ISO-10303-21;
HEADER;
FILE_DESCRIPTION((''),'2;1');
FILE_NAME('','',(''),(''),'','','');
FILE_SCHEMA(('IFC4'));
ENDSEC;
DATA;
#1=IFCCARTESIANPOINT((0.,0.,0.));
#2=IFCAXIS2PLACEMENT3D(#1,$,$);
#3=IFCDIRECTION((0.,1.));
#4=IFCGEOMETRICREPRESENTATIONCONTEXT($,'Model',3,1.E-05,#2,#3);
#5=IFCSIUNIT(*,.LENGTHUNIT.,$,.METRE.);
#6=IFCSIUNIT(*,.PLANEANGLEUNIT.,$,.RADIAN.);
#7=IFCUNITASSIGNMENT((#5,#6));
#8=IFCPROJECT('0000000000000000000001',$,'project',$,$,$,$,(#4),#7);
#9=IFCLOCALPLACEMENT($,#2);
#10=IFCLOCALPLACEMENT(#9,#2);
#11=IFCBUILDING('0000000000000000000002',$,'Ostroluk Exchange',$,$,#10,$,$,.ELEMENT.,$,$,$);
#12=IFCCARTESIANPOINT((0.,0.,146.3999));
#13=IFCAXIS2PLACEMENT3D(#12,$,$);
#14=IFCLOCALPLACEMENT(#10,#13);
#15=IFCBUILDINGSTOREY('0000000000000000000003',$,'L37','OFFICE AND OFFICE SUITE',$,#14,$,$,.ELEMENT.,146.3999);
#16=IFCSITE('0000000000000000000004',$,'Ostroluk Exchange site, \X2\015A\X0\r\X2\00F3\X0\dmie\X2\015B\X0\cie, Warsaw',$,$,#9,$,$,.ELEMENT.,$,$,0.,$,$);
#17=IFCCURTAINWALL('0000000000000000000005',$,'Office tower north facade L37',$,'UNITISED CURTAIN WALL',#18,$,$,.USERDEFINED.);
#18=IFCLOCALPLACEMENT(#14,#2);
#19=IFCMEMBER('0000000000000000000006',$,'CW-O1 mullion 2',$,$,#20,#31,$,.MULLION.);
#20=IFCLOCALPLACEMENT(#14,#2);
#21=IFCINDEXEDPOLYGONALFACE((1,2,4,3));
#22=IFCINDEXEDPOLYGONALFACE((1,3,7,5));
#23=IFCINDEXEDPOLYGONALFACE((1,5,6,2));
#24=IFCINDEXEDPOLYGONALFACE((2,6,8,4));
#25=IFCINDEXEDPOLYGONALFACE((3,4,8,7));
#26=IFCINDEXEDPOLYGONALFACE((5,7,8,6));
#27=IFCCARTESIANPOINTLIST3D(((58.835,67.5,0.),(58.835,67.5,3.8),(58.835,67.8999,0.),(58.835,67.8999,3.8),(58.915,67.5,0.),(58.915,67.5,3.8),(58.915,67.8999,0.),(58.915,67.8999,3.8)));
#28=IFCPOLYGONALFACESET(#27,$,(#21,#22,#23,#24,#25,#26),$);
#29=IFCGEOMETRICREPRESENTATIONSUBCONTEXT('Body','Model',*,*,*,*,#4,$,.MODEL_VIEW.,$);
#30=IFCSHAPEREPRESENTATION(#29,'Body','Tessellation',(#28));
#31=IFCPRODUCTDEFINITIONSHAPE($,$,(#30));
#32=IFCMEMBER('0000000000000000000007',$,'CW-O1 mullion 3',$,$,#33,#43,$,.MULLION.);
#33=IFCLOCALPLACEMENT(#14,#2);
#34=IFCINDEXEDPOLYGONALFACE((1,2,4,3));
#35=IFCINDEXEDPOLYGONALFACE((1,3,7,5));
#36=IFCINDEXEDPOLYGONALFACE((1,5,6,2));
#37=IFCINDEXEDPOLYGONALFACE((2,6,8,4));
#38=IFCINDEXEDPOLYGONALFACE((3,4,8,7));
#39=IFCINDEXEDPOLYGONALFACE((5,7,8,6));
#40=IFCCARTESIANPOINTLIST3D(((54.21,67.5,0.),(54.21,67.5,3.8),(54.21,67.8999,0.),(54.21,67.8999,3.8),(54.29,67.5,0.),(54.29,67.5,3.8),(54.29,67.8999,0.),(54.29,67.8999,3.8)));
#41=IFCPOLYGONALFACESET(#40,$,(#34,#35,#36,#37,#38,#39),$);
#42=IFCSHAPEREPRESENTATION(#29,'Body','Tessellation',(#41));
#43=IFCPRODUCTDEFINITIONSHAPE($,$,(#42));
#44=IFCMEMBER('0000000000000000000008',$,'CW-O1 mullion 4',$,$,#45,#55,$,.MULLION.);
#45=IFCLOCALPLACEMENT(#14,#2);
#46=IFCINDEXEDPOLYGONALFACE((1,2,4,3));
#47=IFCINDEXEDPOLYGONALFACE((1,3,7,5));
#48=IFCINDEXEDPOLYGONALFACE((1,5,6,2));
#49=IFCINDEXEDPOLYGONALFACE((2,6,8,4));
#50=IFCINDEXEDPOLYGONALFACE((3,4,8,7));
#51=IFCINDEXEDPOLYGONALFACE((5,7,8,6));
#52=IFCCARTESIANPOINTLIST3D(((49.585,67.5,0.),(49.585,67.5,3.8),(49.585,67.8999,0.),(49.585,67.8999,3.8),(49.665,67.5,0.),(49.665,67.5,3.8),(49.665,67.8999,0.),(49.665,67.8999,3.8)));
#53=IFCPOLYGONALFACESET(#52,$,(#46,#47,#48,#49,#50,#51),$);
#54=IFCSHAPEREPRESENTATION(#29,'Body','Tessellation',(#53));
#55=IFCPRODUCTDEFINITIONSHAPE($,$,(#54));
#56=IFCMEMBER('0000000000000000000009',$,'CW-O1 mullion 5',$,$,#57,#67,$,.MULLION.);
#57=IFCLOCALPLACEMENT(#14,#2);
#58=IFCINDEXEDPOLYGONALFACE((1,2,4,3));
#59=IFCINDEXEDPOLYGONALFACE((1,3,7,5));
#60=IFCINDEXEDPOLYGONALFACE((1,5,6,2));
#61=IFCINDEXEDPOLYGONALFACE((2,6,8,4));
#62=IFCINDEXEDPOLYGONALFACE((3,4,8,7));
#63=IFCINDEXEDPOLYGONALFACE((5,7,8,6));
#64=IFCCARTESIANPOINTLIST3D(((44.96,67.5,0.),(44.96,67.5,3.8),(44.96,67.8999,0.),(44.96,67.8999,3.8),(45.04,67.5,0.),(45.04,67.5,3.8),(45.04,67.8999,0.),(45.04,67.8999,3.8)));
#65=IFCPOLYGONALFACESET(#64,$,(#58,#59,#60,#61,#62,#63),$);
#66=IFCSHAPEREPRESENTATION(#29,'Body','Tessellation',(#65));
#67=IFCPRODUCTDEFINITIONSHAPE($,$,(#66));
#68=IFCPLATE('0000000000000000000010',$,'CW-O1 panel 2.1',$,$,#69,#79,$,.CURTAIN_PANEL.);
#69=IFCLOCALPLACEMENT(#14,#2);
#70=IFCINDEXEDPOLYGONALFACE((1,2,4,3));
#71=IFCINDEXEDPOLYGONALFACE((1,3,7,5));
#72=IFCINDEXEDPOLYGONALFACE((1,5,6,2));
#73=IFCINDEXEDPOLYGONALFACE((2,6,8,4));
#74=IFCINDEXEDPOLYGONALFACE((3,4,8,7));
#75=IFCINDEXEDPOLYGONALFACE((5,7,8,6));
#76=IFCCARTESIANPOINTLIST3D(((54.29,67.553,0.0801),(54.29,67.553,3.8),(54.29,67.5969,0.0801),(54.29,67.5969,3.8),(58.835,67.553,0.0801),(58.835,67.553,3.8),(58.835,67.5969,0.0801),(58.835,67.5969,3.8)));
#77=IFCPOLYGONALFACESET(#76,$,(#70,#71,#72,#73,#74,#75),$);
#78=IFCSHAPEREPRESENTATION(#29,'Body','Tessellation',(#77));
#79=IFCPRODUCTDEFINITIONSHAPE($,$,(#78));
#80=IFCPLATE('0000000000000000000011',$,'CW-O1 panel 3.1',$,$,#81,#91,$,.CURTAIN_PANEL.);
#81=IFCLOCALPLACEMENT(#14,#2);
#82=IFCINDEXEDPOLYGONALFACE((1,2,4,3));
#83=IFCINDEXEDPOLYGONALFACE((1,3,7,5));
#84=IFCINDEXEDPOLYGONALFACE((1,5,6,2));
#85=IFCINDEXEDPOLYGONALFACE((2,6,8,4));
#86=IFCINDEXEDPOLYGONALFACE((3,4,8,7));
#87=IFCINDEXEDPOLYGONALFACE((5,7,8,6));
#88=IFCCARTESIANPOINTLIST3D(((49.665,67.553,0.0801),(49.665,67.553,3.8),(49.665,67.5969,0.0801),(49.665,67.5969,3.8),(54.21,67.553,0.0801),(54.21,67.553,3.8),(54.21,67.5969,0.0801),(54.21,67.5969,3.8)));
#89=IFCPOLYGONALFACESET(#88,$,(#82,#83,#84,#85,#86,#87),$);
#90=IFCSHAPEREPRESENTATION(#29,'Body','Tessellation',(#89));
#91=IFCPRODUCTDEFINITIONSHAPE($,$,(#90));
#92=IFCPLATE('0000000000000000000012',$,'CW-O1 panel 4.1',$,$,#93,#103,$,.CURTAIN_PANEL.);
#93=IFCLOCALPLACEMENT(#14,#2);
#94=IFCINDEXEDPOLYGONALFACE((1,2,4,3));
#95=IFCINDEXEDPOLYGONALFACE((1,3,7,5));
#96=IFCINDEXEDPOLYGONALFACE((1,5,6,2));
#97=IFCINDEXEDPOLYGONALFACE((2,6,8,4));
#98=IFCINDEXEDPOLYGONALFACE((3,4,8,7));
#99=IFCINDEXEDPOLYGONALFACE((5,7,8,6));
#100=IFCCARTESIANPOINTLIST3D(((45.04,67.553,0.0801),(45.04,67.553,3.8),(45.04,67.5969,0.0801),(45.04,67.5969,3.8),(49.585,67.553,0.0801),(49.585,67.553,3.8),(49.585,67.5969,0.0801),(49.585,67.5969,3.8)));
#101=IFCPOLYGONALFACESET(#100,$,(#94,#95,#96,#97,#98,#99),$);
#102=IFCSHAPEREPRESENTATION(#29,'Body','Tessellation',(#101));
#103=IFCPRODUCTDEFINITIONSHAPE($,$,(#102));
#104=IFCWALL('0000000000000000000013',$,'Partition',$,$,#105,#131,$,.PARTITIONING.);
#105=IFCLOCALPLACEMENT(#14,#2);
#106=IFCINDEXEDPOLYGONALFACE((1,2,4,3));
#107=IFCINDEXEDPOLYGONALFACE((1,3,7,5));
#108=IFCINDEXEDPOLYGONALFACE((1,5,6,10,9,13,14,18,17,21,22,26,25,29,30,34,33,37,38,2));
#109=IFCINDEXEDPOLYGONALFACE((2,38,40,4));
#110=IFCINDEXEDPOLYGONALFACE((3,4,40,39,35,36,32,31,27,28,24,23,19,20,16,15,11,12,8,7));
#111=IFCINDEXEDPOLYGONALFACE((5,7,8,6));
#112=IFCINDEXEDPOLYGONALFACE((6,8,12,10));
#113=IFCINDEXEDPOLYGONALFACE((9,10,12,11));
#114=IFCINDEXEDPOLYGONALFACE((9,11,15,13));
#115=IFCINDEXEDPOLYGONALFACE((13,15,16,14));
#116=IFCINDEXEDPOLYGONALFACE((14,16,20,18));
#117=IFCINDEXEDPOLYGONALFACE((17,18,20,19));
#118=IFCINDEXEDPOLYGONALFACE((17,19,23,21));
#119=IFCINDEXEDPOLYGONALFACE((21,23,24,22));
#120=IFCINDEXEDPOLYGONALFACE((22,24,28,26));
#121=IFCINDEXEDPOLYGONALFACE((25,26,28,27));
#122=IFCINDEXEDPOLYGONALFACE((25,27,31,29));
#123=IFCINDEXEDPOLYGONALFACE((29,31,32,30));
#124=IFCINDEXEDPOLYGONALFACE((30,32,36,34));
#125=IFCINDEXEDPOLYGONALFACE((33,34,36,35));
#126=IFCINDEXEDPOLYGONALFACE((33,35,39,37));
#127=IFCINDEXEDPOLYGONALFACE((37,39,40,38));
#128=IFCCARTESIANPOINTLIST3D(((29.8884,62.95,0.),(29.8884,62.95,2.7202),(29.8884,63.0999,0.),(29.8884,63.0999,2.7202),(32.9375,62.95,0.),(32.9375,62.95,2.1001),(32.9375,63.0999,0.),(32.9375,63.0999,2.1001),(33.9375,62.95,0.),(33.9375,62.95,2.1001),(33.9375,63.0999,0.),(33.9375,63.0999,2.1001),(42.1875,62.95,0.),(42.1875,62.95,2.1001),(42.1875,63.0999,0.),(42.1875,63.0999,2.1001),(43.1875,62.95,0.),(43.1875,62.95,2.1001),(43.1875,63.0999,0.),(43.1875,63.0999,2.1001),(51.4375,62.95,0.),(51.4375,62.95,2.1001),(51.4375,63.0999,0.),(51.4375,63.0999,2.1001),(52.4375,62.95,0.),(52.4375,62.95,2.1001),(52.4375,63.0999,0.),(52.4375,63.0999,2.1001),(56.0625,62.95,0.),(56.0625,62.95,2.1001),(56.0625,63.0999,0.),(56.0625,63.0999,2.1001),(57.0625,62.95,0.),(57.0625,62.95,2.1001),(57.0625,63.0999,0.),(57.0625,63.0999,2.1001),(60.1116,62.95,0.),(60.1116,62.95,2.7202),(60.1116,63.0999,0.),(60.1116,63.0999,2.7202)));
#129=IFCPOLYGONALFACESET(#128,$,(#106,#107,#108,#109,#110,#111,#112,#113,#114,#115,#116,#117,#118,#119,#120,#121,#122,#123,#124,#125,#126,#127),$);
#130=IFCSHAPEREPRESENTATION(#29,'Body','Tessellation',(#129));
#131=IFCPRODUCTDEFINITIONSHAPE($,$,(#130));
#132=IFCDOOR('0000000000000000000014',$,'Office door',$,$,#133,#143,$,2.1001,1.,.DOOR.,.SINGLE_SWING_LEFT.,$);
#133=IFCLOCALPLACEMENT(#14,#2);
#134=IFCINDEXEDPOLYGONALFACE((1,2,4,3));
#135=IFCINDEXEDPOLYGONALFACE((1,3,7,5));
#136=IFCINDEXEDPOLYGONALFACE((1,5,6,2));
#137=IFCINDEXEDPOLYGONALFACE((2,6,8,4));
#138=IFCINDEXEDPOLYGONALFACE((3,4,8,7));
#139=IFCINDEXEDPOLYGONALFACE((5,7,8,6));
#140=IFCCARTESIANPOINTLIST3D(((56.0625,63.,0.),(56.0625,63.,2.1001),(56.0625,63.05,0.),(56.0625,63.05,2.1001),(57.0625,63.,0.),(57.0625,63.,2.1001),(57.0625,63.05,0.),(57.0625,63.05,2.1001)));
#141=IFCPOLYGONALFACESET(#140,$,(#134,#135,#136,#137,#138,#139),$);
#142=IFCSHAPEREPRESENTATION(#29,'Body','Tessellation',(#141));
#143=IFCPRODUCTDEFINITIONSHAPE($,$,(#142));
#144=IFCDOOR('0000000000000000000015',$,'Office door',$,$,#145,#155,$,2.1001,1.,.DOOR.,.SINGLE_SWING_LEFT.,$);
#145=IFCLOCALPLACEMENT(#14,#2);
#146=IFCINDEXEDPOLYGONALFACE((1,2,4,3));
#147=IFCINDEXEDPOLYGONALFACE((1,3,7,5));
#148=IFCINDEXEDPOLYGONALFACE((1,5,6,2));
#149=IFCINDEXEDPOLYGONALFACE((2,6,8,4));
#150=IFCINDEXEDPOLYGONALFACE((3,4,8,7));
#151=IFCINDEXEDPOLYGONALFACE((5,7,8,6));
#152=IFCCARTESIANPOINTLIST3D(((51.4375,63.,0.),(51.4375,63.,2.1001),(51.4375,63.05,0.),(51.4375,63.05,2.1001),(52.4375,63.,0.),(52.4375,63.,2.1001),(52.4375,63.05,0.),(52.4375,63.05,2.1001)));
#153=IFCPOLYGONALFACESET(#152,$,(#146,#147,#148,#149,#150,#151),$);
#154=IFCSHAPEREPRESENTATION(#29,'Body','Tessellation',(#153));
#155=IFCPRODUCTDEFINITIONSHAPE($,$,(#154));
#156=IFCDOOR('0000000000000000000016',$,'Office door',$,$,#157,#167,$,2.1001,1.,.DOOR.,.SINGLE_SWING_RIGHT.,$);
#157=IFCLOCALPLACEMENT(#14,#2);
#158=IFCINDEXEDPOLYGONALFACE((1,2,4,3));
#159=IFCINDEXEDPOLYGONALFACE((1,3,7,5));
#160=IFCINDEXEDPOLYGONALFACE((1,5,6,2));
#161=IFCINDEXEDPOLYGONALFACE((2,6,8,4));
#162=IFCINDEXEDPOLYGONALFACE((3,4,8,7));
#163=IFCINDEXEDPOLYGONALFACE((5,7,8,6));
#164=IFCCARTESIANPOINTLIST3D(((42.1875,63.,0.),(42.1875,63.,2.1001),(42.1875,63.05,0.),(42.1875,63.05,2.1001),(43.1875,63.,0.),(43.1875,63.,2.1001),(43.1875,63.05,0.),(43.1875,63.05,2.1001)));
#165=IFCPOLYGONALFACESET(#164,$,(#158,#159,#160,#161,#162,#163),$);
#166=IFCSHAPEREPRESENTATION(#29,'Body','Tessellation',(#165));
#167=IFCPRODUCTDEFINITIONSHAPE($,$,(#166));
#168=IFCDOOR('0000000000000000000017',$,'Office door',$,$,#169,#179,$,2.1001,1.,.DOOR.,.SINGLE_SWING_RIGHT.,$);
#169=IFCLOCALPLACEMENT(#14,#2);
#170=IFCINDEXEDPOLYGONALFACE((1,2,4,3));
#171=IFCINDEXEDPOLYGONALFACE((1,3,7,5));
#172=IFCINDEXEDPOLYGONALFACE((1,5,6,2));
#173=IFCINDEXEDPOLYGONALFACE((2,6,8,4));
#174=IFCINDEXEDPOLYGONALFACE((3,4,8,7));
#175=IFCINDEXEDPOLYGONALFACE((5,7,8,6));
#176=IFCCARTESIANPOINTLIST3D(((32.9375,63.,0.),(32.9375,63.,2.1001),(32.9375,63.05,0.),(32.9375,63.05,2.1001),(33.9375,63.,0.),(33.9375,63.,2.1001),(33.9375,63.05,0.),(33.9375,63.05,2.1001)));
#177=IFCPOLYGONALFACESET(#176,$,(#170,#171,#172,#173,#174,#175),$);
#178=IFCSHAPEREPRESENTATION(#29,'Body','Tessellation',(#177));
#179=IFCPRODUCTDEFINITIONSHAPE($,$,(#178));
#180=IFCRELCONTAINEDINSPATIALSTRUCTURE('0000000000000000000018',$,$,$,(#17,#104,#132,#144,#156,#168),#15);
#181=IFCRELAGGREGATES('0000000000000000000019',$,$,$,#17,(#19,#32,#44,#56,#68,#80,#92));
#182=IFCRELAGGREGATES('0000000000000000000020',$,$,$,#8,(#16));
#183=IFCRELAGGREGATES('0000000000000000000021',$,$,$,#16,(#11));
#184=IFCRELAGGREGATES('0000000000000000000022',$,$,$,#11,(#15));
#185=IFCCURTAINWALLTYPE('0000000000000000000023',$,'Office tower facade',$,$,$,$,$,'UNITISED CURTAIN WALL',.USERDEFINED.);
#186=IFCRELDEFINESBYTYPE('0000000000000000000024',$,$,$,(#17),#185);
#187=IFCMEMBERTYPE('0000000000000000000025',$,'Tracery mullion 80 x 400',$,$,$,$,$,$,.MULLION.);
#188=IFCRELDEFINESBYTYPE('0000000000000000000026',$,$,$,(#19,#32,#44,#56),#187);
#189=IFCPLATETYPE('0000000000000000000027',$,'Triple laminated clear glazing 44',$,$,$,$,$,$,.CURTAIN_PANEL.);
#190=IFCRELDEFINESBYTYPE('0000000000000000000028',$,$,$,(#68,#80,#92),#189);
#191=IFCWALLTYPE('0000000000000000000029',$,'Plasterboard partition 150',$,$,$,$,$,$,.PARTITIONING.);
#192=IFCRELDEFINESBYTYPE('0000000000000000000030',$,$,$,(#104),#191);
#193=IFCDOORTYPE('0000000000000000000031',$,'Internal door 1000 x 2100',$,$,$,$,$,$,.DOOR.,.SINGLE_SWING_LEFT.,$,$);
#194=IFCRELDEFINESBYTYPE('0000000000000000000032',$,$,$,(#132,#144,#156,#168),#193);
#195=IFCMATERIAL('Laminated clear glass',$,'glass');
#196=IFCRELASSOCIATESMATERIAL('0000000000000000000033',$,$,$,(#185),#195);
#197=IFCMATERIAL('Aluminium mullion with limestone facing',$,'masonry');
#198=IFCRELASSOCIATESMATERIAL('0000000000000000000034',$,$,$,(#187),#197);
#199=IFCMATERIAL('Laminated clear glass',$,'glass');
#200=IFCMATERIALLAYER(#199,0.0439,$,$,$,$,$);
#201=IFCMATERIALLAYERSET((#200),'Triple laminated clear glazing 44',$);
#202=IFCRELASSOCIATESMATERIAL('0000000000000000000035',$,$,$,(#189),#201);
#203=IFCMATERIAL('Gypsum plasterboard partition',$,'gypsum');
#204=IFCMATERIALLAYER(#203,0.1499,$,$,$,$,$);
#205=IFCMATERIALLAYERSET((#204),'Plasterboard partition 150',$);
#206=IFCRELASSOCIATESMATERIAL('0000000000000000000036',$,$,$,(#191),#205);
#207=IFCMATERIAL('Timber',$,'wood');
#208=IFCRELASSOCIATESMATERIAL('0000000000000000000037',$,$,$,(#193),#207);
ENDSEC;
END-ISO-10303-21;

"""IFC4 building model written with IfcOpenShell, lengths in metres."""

from ifc_helpers import new_model, si_unit, direction, frame, frame_2d, origin, origin_2d, place, context, subcontext, project, spatial, rectangle, extrude, material, layer, layer_set, material_profile, profile_set, type_object, element, fill, aggregate, save


model = new_model("IFC4")

# Units and contexts
model_context = context("Model", 3, precision=1e-05, world=origin(), true_north=direction((0.0, 1.0)))
body_context = subcontext(model_context, "Body", "Model", "MODEL_VIEW")
ifc_project = project(units=[si_unit("LENGTHUNIT", "METRE"), si_unit("PLANEANGLEUNIT", "RADIAN")], contexts=[model_context])

# Site, building, storey
site_placement = place(None, origin())
site = spatial("IfcSite", under=ifc_project, at=site_placement, Name="Ostroluk Exchange site, Śródmieście, Warsaw", CompositionType="ELEMENT", RefElevation=0.0)
building_placement = place(site_placement, origin())
building = spatial("IfcBuilding", under=site, at=building_placement, Name="Ostroluk Exchange", CompositionType="ELEMENT")
storey_placement = place(building_placement, frame((0.0, 0.0, 146.3999)))
storey = spatial("IfcBuildingStorey", under=building, at=storey_placement, Name="L37", Description="OFFICE AND OFFICE SUITE", CompositionType="ELEMENT", Elevation=146.3999)

# Curtain wall, members, plates
ifc_material_1 = material(Name="Laminated clear glass", Category="glass")
curtain_wall_type = type_object("IfcCurtainWallType", Name="Office tower facade", ElementType="UNITISED CURTAIN WALL", PredefinedType="USERDEFINED", material=ifc_material_1)
curtain_wall_placement = place(storey_placement, origin())
curtain_wall = element("IfcCurtainWall", 1, at=curtain_wall_placement, inside=storey, type_object=curtain_wall_type, Name="Office tower north facade L37", ObjectType="UNITISED CURTAIN WALL", PredefinedType="USERDEFINED")
ifc_material_2 = material(Name="Aluminium mullion with limestone facing", Category="masonry")
ifc_material_profile_1 = material_profile(ifc_material_2, rectangle(XDim=0.3999, YDim=0.0801, at=origin_2d()), Name="Tracery mullion 80 x 400")
ifc_profile_set_1 = profile_set([ifc_material_profile_1], Name="Aluminium mullion with limestone facing")
member_type_1 = type_object("IfcMemberType", Name="Tracery mullion 80 x 400", PredefinedType="MULLION", material=ifc_profile_set_1)
member_1_placement = place(storey_placement, frame((58.875, 67.7, 0.0), z_axis=(0.0, 0.0, 1.0), x_axis=(0.0, -1.0, 0.0)))
member_1 = element("IfcMember", 2, at=member_1_placement, type_object=member_type_1, Name="CW-O1 mullion 2", PredefinedType="MULLION", context=body_context, shape_type="SweptSolid", body=[
    extrude(rectangle(XDim=0.3999, YDim=0.0801, at=origin_2d()), origin(), (0.0, 0.0, 1.0), 3.8),
])
member_2_placement = place(storey_placement, frame((54.25, 67.7, 0.0), z_axis=(0.0, 0.0, 1.0), x_axis=(0.0, -1.0, 0.0)))
member_2 = element("IfcMember", 3, at=member_2_placement, type_object=member_type_1, Name="CW-O1 mullion 3", PredefinedType="MULLION", context=body_context, shape_type="SweptSolid", body=[
    extrude(rectangle(XDim=0.3999, YDim=0.0801, at=origin_2d()), origin(), (0.0, 0.0, 1.0), 3.8),
])
member_3_placement = place(storey_placement, frame((49.625, 67.7, 0.0), z_axis=(0.0, 0.0, 1.0), x_axis=(0.0, -1.0, 0.0)))
member_3 = element("IfcMember", 4, at=member_3_placement, type_object=member_type_1, Name="CW-O1 mullion 4", PredefinedType="MULLION", context=body_context, shape_type="SweptSolid", body=[
    extrude(rectangle(XDim=0.3999, YDim=0.0801, at=origin_2d()), origin(), (0.0, 0.0, 1.0), 3.8),
])
member_4_placement = place(storey_placement, frame((45.0, 67.7, 0.0), z_axis=(0.0, 0.0, 1.0), x_axis=(0.0, -1.0, 0.0)))
member_4 = element("IfcMember", 5, at=member_4_placement, type_object=member_type_1, Name="CW-O1 mullion 5", PredefinedType="MULLION", context=body_context, shape_type="SweptSolid", body=[
    extrude(rectangle(XDim=0.3999, YDim=0.0801, at=origin_2d()), origin(), (0.0, 0.0, 1.0), 3.8),
])
ifc_material_3 = material(Name="Laminated clear glass", Category="glass")
ifc_layer_1 = layer(ifc_material_3, 0.0439)
ifc_layer_set_1 = layer_set([ifc_layer_1], Name="Triple laminated clear glazing 44")
plate_type = type_object("IfcPlateType", Name="Triple laminated clear glazing 44", PredefinedType="CURTAIN_PANEL", material=ifc_layer_set_1)
plate_1_placement = place(storey_placement, frame((56.5625, 67.575, 0.0801), z_axis=(0.0, 0.0, 1.0), x_axis=(-1.0, 0.0, 0.0)))
plate_1 = element("IfcPlate", 6, at=plate_1_placement, type_object=plate_type, Name="CW-O1 panel 2.1", PredefinedType="CURTAIN_PANEL", context=body_context, shape_type="SweptSolid", body=[
    extrude(rectangle(XDim=4.5449, YDim=0.0439, at=origin_2d()), origin(), (0.0, 0.0, 1.0), 3.72),
])
plate_2_placement = place(storey_placement, frame((51.9375, 67.575, 0.0801), z_axis=(0.0, 0.0, 1.0), x_axis=(-1.0, 0.0, 0.0)))
plate_2 = element("IfcPlate", 7, at=plate_2_placement, type_object=plate_type, Name="CW-O1 panel 3.1", PredefinedType="CURTAIN_PANEL", context=body_context, shape_type="SweptSolid", body=[
    extrude(rectangle(XDim=4.5449, YDim=0.0439, at=origin_2d()), origin(), (0.0, 0.0, 1.0), 3.72),
])
plate_3_placement = place(storey_placement, frame((47.3125, 67.575, 0.0801), z_axis=(0.0, 0.0, 1.0), x_axis=(-1.0, 0.0, 0.0)))
plate_3 = element("IfcPlate", 8, at=plate_3_placement, type_object=plate_type, Name="CW-O1 panel 4.1", PredefinedType="CURTAIN_PANEL", context=body_context, shape_type="SweptSolid", body=[
    extrude(rectangle(XDim=4.5449, YDim=0.0439, at=origin_2d()), origin(), (0.0, 0.0, 1.0), 3.72),
])
aggregate(curtain_wall, [member_1, member_2, member_3, member_4, plate_1, plate_2, plate_3])

# Wall, openings, doors
ifc_material_4 = material(Name="Gypsum plasterboard partition", Category="gypsum")
ifc_layer_2 = layer(ifc_material_4, 0.1499)
ifc_layer_set_2 = layer_set([ifc_layer_2], Name="Plasterboard partition 150")
wall_type = type_object("IfcWallType", Name="Plasterboard partition 150", PredefinedType="PARTITIONING", material=ifc_layer_set_2)
wall_1_placement = place(storey_placement, frame((60.1116, 63.0249, 0.0), z_axis=(0.0, 0.0, 1.0), x_axis=(-1.0, 0.0, 0.0)))
wall_1 = element("IfcWall", 9, at=wall_1_placement, inside=storey, type_object=wall_type, Name="Partition", PredefinedType="PARTITIONING", context=body_context, shape_type="SweptSolid", body=[
    extrude(rectangle(XDim=30.2231, YDim=0.1499, at=frame_2d((15.1116, 0.0))), origin(), (0.0, 0.0, 1.0), 2.7202),
])
opening_1_placement = place(wall_1_placement, frame((3.0491, 0.0, 0.0)))
opening_1 = element("IfcOpeningElement", 10, at=opening_1_placement, cuts=wall_1, PredefinedType="OPENING", context=body_context, shape_type="SweptSolid", body=[
    extrude(rectangle(XDim=1.0, YDim=2.1001, at=frame_2d((0.5, 1.05))), frame((0.0, 0.085, 0.0), z_axis=(0.0, -1.0, 0.0), x_axis=(1.0, 0.0, 0.0)), (0.0, 0.0, 1.0), 0.1699),
])
opening_2_placement = place(wall_1_placement, frame((7.6741, 0.0, 0.0)))
opening_2 = element("IfcOpeningElement", 11, at=opening_2_placement, cuts=wall_1, PredefinedType="OPENING", context=body_context, shape_type="SweptSolid", body=[
    extrude(rectangle(XDim=1.0, YDim=2.1001, at=frame_2d((0.5, 1.05))), frame((0.0, 0.085, 0.0), z_axis=(0.0, -1.0, 0.0), x_axis=(1.0, 0.0, 0.0)), (0.0, 0.0, 1.0), 0.1699),
])
opening_3_placement = place(wall_1_placement, frame((16.9241, 0.0, 0.0)))
opening_3 = element("IfcOpeningElement", 12, at=opening_3_placement, cuts=wall_1, PredefinedType="OPENING", context=body_context, shape_type="SweptSolid", body=[
    extrude(rectangle(XDim=1.0, YDim=2.1001, at=frame_2d((0.5, 1.05))), frame((0.0, 0.085, 0.0), z_axis=(0.0, -1.0, 0.0), x_axis=(1.0, 0.0, 0.0)), (0.0, 0.0, 1.0), 0.1699),
])
opening_4_placement = place(wall_1_placement, frame((26.1741, 0.0, 0.0)))
opening_4 = element("IfcOpeningElement", 13, at=opening_4_placement, cuts=wall_1, PredefinedType="OPENING", context=body_context, shape_type="SweptSolid", body=[
    extrude(rectangle(XDim=1.0, YDim=2.1001, at=frame_2d((0.5, 1.05))), frame((0.0, 0.085, 0.0), z_axis=(0.0, -1.0, 0.0), x_axis=(1.0, 0.0, 0.0)), (0.0, 0.0, 1.0), 0.1699),
])
ifc_material_5 = material(Name="Timber", Category="wood")
door_type = type_object("IfcDoorType", Name="Internal door 1000 x 2100", OperationType="SINGLE_SWING_LEFT", PredefinedType="DOOR", material=ifc_material_5)
door_1_placement = place(opening_1_placement, origin())
door_1 = element("IfcDoor", 14, at=door_1_placement, inside=storey, type_object=door_type, Name="Office door", OperationType="SINGLE_SWING_LEFT", OverallHeight=2.1001, OverallWidth=1.0, PredefinedType="DOOR", context=body_context, shape_type="SweptSolid", body=[
    extrude(rectangle(XDim=1.0, YDim=2.1001, at=frame_2d((0.5, 1.05))), frame((0.0, 0.0249, 0.0), z_axis=(0.0, -1.0, 0.0), x_axis=(1.0, 0.0, 0.0)), (0.0, 0.0, 1.0), 0.05),
])
fill(opening_1, door_1)
door_2_placement = place(opening_2_placement, origin())
door_2 = element("IfcDoor", 15, at=door_2_placement, inside=storey, type_object=door_type, Name="Office door", OperationType="SINGLE_SWING_LEFT", OverallHeight=2.1001, OverallWidth=1.0, PredefinedType="DOOR", context=body_context, shape_type="SweptSolid", body=[
    extrude(rectangle(XDim=1.0, YDim=2.1001, at=frame_2d((0.5, 1.05))), frame((0.0, 0.0249, 0.0), z_axis=(0.0, -1.0, 0.0), x_axis=(1.0, 0.0, 0.0)), (0.0, 0.0, 1.0), 0.05),
])
fill(opening_2, door_2)
door_3_placement = place(opening_3_placement, origin())
door_3 = element("IfcDoor", 16, at=door_3_placement, inside=storey, type_object=door_type, Name="Office door", OperationType="SINGLE_SWING_RIGHT", OverallHeight=2.1001, OverallWidth=1.0, PredefinedType="DOOR", context=body_context, shape_type="SweptSolid", body=[
    extrude(rectangle(XDim=1.0, YDim=2.1001, at=frame_2d((0.5, 1.05))), frame((0.0, 0.0249, 0.0), z_axis=(0.0, -1.0, 0.0), x_axis=(1.0, 0.0, 0.0)), (0.0, 0.0, 1.0), 0.05),
])
fill(opening_3, door_3)
door_4_placement = place(opening_4_placement, origin())
door_4 = element("IfcDoor", 17, at=door_4_placement, inside=storey, type_object=door_type, Name="Office door", OperationType="SINGLE_SWING_RIGHT", OverallHeight=2.1001, OverallWidth=1.0, PredefinedType="DOOR", context=body_context, shape_type="SweptSolid", body=[
    extrude(rectangle(XDim=1.0, YDim=2.1001, at=frame_2d((0.5, 1.05))), frame((0.0, 0.0249, 0.0), z_axis=(0.0, -1.0, 0.0), x_axis=(1.0, 0.0, 0.0)), (0.0, 0.0, 1.0), 0.05),
])
fill(opening_4, door_4)

save(model, "model.ifc")
